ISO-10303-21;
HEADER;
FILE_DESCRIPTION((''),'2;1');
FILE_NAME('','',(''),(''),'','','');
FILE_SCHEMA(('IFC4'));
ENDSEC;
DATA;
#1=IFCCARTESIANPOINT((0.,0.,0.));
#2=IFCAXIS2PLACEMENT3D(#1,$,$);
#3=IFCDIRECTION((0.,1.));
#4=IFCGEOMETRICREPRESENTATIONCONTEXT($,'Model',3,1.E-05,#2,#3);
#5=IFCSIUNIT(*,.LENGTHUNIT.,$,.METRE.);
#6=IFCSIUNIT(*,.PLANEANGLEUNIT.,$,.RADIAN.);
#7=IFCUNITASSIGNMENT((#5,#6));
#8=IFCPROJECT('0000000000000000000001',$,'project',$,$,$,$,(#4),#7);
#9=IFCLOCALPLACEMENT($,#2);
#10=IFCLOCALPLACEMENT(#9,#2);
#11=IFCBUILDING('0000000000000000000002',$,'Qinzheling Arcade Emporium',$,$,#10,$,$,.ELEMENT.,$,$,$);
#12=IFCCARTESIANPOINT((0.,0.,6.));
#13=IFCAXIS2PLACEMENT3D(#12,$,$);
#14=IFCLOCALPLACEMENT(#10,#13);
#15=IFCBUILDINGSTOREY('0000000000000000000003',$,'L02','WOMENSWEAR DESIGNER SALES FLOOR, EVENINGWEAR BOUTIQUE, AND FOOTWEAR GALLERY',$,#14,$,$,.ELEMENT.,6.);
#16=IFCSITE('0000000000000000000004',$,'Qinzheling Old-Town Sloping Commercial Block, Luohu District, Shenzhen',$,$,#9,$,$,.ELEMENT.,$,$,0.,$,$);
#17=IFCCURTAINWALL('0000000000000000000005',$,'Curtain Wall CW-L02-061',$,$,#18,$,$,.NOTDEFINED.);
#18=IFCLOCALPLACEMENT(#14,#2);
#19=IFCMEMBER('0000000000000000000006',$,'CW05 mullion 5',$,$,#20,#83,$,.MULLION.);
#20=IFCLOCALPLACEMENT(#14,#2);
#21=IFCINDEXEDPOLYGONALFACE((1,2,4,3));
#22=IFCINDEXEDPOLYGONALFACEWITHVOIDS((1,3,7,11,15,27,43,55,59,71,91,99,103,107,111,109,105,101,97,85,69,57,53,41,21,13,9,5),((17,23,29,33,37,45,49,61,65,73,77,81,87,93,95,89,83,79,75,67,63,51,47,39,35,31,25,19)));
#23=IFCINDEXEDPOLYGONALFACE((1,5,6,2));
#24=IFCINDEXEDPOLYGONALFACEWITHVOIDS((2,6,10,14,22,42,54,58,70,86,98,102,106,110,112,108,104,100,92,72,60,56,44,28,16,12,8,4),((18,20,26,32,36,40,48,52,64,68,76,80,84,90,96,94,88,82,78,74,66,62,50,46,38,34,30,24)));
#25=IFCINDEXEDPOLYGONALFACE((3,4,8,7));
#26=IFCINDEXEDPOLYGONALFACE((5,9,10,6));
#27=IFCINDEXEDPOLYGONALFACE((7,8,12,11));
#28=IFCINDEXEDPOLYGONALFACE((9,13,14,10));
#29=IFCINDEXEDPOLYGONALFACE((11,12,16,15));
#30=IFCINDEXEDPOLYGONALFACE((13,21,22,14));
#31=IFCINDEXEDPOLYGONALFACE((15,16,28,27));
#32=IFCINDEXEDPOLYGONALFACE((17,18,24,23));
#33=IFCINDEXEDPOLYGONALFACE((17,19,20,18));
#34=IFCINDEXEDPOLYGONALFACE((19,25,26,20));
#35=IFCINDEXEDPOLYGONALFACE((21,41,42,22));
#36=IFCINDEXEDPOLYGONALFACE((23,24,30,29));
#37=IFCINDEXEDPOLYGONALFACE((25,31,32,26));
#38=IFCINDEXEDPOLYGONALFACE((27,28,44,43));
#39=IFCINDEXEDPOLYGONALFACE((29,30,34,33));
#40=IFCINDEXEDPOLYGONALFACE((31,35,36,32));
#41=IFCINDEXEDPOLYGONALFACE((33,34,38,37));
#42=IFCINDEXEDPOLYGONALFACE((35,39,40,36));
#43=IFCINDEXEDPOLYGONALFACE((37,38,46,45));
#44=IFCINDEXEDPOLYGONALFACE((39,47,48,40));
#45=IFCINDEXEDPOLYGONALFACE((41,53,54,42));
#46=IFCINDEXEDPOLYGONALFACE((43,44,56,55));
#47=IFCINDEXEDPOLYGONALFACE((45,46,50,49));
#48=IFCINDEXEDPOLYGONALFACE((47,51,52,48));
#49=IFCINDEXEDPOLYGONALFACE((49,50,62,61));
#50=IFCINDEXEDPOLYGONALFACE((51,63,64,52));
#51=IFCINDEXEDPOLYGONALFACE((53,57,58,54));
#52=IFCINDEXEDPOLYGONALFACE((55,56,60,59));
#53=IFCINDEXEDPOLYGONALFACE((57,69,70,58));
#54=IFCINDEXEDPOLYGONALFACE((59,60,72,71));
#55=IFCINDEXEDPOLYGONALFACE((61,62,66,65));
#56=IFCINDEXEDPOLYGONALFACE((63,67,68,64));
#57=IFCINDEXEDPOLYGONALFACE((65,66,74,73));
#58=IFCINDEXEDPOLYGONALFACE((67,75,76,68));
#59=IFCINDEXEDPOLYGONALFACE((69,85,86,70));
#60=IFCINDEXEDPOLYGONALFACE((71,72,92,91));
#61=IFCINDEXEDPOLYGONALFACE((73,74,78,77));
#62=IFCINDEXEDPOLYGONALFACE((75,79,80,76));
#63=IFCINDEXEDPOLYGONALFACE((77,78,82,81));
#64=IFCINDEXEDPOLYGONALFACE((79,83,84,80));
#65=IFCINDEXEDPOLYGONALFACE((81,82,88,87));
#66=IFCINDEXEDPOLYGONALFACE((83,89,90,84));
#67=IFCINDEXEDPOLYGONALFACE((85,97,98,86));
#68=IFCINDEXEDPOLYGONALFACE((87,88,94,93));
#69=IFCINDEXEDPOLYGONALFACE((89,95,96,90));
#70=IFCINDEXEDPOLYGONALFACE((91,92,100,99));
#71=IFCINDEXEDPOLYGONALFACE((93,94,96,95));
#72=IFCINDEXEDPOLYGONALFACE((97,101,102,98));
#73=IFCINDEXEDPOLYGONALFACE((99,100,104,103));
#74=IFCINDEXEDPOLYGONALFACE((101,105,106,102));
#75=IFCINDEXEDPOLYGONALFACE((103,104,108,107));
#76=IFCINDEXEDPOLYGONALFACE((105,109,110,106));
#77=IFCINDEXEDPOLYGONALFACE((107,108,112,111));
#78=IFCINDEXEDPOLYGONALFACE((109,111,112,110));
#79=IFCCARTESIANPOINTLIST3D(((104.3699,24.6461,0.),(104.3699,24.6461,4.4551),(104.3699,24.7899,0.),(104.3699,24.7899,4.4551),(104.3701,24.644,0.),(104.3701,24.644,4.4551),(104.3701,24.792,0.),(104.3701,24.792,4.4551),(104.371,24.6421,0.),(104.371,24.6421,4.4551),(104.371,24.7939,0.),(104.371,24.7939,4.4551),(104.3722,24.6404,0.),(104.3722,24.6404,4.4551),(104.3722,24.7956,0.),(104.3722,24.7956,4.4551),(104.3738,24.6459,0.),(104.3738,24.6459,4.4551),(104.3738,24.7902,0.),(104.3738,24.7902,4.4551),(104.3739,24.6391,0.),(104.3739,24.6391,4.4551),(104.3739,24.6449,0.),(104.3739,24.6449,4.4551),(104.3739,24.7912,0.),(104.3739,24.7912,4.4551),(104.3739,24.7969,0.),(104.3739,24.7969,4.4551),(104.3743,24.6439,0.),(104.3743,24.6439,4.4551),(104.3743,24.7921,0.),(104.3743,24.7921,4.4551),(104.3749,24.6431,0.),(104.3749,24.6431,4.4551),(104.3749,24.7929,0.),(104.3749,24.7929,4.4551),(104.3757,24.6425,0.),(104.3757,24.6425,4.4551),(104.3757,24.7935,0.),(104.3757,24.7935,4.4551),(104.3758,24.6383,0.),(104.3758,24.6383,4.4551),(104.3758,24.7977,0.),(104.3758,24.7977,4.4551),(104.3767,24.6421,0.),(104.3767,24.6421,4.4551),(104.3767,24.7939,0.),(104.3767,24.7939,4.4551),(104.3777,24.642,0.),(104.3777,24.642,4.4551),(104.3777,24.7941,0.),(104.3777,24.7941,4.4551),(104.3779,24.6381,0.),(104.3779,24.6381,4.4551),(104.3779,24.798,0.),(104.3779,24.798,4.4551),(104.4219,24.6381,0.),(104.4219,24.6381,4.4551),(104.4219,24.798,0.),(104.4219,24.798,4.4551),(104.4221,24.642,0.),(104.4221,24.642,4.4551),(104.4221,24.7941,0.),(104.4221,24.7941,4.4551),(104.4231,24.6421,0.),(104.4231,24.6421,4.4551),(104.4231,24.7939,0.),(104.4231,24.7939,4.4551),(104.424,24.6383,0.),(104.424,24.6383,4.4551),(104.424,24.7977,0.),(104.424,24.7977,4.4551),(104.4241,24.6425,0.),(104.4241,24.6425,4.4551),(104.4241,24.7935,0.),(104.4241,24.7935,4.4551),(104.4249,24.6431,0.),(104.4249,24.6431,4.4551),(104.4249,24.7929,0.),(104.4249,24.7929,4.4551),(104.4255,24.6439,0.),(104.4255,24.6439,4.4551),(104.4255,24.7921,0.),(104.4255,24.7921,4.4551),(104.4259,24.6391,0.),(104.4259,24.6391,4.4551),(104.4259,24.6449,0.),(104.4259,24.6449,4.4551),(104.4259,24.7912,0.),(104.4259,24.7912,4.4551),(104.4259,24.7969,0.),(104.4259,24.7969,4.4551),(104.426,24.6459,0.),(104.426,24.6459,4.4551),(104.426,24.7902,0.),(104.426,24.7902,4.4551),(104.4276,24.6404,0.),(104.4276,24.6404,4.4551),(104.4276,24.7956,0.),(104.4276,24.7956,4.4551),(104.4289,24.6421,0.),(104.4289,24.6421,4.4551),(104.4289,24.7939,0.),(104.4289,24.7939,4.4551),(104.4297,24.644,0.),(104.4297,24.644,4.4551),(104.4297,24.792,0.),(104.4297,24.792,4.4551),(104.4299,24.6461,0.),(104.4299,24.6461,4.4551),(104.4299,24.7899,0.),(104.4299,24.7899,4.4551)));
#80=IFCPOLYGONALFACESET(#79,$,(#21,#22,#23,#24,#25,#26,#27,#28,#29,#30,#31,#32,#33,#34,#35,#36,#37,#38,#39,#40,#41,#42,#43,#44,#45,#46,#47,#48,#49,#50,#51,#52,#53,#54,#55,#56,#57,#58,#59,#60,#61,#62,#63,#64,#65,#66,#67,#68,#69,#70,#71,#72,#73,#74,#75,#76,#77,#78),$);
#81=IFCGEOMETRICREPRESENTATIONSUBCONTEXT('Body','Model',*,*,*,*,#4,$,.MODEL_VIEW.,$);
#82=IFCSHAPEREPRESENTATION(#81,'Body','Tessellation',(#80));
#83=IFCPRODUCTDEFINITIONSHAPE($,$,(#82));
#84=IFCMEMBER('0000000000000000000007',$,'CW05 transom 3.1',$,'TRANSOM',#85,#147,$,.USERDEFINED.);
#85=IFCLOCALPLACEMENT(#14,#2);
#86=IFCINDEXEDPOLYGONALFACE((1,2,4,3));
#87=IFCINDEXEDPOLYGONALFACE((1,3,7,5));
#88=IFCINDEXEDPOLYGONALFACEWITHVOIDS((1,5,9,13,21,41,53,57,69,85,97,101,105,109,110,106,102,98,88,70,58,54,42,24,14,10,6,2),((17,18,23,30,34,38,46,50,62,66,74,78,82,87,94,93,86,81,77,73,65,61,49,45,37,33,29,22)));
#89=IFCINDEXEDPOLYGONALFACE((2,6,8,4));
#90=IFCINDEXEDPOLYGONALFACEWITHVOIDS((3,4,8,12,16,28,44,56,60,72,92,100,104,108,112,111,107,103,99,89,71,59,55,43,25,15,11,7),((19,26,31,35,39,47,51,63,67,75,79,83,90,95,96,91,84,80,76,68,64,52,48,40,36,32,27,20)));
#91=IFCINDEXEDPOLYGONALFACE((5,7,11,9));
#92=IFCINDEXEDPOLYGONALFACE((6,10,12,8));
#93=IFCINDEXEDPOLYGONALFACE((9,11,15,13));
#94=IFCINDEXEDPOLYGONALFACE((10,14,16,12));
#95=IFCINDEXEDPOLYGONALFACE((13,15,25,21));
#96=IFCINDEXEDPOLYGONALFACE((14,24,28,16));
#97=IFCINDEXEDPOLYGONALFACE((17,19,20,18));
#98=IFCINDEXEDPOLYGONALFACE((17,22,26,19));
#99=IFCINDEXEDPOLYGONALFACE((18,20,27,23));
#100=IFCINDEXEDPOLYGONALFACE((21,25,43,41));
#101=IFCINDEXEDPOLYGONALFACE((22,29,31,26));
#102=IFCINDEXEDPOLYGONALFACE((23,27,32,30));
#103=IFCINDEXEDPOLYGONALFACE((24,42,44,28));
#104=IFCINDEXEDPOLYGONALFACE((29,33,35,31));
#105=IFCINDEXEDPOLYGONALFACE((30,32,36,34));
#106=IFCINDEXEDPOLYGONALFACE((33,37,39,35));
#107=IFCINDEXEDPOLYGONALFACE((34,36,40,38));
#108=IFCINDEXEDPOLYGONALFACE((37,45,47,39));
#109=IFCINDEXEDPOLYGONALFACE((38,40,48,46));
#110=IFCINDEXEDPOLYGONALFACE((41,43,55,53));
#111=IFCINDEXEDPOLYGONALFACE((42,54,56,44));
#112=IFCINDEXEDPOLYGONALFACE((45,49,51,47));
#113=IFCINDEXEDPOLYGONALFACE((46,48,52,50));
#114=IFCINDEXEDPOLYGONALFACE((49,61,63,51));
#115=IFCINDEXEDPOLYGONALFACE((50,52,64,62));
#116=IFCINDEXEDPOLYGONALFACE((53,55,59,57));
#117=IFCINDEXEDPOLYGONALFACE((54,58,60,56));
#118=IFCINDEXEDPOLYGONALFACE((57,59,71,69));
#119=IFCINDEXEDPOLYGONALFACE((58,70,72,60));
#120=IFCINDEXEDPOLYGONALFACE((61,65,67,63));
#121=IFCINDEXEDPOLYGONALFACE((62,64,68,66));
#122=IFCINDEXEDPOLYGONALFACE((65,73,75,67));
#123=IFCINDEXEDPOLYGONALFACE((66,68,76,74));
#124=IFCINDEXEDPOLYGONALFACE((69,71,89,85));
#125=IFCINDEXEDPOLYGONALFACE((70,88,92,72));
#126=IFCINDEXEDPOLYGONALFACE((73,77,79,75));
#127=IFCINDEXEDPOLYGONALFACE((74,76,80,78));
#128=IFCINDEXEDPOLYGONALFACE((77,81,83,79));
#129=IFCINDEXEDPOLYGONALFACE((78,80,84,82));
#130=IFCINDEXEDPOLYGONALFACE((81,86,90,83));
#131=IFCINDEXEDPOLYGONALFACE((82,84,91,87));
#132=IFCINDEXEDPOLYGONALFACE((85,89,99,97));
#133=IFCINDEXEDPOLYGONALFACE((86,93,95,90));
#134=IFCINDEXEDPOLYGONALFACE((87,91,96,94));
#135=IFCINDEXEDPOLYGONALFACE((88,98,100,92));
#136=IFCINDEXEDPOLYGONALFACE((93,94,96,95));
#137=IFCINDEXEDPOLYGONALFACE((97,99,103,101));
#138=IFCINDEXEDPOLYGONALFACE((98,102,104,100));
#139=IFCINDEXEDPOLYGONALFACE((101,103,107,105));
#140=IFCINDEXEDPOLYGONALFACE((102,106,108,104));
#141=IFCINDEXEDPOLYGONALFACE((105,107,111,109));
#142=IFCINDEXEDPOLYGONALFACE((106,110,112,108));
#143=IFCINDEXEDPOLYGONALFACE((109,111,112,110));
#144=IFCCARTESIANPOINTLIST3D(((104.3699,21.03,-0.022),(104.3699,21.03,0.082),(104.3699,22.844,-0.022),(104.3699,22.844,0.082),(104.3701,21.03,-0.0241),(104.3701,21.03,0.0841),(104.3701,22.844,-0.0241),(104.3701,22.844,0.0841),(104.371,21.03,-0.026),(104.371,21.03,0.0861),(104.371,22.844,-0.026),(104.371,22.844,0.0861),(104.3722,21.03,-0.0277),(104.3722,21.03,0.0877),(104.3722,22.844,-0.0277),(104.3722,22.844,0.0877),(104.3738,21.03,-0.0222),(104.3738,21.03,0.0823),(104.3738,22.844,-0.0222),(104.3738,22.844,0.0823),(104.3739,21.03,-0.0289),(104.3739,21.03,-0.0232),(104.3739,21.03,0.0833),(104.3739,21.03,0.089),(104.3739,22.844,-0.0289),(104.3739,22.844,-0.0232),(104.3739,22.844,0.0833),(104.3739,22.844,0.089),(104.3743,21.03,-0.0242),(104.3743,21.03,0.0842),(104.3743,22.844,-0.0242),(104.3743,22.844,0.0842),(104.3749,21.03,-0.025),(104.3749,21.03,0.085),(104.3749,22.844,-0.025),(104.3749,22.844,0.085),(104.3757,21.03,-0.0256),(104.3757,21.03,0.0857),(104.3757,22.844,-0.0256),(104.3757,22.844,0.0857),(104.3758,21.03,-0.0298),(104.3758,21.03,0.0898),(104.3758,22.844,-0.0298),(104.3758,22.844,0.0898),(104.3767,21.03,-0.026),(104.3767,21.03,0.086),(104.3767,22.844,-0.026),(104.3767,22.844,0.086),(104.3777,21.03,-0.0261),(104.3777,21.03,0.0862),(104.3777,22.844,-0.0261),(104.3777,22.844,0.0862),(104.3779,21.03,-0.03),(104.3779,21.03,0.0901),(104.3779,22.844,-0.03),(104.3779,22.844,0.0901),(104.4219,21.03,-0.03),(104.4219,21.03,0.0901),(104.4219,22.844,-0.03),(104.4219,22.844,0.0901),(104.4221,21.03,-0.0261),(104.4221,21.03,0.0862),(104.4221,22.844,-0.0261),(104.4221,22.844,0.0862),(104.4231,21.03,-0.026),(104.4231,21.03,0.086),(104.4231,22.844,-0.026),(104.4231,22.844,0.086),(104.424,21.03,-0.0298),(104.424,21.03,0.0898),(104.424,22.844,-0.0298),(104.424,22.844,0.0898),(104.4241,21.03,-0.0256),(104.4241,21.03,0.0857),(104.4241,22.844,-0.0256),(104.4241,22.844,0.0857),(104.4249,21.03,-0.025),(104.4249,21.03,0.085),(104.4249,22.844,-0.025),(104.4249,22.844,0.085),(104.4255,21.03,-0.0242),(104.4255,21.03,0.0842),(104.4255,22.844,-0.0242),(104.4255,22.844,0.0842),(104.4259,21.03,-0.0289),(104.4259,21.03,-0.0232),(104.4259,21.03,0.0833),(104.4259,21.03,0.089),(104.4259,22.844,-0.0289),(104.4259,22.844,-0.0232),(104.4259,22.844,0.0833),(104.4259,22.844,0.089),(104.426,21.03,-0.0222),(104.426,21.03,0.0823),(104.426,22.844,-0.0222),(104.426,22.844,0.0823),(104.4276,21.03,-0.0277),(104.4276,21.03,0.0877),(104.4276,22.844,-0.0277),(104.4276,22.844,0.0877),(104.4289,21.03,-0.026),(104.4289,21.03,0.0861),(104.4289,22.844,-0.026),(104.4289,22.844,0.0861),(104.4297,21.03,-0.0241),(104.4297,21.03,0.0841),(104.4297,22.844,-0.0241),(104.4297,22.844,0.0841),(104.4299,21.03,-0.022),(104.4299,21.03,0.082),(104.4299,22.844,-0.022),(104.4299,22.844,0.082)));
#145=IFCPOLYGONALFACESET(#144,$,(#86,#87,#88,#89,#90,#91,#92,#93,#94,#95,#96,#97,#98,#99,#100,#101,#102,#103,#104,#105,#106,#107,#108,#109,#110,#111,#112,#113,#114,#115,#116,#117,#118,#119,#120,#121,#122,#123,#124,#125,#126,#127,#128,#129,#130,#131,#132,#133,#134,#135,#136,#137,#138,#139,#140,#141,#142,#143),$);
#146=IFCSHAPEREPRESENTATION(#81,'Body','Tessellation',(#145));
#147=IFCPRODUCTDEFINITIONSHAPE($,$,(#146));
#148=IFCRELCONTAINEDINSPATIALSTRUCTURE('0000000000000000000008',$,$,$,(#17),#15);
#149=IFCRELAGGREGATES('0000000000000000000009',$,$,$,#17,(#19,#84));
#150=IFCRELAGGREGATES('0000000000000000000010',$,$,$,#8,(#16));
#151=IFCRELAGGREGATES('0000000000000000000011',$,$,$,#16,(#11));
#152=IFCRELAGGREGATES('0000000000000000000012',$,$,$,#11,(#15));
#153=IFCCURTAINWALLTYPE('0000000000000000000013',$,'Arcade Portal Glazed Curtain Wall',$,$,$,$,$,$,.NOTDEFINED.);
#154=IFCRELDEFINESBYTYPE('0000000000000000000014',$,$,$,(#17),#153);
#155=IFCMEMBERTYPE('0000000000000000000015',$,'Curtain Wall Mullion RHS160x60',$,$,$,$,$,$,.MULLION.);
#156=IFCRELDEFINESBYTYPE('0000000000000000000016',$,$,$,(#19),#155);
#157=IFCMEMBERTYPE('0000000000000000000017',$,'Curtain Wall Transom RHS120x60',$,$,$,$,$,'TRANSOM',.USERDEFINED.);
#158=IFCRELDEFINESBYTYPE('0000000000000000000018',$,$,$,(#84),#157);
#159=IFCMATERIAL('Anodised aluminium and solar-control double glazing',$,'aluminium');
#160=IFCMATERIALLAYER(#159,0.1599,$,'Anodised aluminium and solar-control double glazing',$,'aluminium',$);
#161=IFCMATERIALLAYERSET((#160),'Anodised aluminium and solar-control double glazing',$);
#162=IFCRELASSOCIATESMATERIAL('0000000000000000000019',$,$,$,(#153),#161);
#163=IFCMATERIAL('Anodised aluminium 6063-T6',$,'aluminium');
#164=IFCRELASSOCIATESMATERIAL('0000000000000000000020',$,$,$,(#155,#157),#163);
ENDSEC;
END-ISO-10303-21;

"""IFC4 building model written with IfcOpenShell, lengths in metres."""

from ifc_helpers import new_model, si_unit, direction, frame, origin, origin_2d, place, context, subcontext, project, spatial, hollow_rectangle, extrude, material, layer, layer_set, material_profile, profile_set, type_object, element, aggregate, save


model = new_model("IFC4")

# Units and contexts
model_context = context("Model", 3, precision=1e-05, world=origin(), true_north=direction((0.0, 1.0)))
body_context = subcontext(model_context, "Body", "Model", "MODEL_VIEW")
ifc_project = project(units=[si_unit("LENGTHUNIT", "METRE"), si_unit("PLANEANGLEUNIT", "RADIAN")], contexts=[model_context])

# Site, building, storey
site_placement = place(None, origin())
site = spatial("IfcSite", under=ifc_project, at=site_placement, Name="Qinzheling Old-Town Sloping Commercial Block, Luohu District, Shenzhen", CompositionType="ELEMENT", RefElevation=0.0)
building_placement = place(site_placement, origin())
building = spatial("IfcBuilding", under=site, at=building_placement, Name="Qinzheling Arcade Emporium", CompositionType="ELEMENT")
storey_placement = place(building_placement, frame((0.0, 0.0, 6.0)))
storey = spatial("IfcBuildingStorey", under=building, at=storey_placement, Name="L02", Description="WOMENSWEAR DESIGNER SALES FLOOR, EVENINGWEAR BOUTIQUE, AND FOOTWEAR GALLERY", CompositionType="ELEMENT", Elevation=6.0)

# Curtain wall, members
ifc_material_1 = material(Name="Anodised aluminium and solar-control double glazing", Category="aluminium")
ifc_layer_1 = layer(ifc_material_1, 0.1599, Name="Anodised aluminium and solar-control double glazing", Category="aluminium")
ifc_layer_set_1 = layer_set([ifc_layer_1], Name="Anodised aluminium and solar-control double glazing")
curtain_wall_type = type_object("IfcCurtainWallType", Name="Arcade Portal Glazed Curtain Wall", PredefinedType="NOTDEFINED", material=ifc_layer_set_1)
curtain_wall_placement = place(storey_placement, origin())
curtain_wall = element("IfcCurtainWall", 1, at=curtain_wall_placement, inside=storey, type_object=curtain_wall_type, Name="Curtain Wall CW-L02-061", PredefinedType="NOTDEFINED")
ifc_material_2 = material(Name="Anodised aluminium 6063-T6", Category="aluminium")
ifc_material_profile_1 = material_profile(ifc_material_2, hollow_rectangle(XDim=0.0601, YDim=0.1599, WallThickness=0.0039, InnerFilletRadius=0.0039, OuterFilletRadius=0.0081, at=origin_2d()), Name="RHS 160x60x4", Category="aluminium")
ifc_profile_set_1 = profile_set([ifc_material_profile_1], Name="Anodised aluminium 6063-T6")
member_type_1 = type_object("IfcMemberType", Name="Curtain Wall Mullion RHS160x60", PredefinedType="MULLION", material=ifc_profile_set_1)
member_1_placement = place(storey_placement, frame((104.3999, 24.718, 0.0), z_axis=(0.0, 0.0, 1.0), x_axis=(-1.0, 0.0, 0.0)))
member_1 = element("IfcMember", 2, at=member_1_placement, type_object=member_type_1, Name="CW05 mullion 5", PredefinedType="MULLION", context=body_context, shape_type="SweptSolid", body=[
    extrude(hollow_rectangle(XDim=0.0601, YDim=0.1599, WallThickness=0.0039, InnerFilletRadius=0.0039, OuterFilletRadius=0.0081, at=origin_2d()), origin(), (0.0, 0.0, 1.0), 4.4551),
])
ifc_material_profile_2 = material_profile(ifc_material_2, hollow_rectangle(XDim=0.0601, YDim=0.1201, WallThickness=0.0039, InnerFilletRadius=0.0039, OuterFilletRadius=0.0081, at=origin_2d()), Name="RHS 120x60x4", Category="aluminium")
ifc_profile_set_2 = profile_set([ifc_material_profile_2], Name="Anodised aluminium 6063-T6")
member_type_2 = type_object("IfcMemberType", Name="Curtain Wall Transom RHS120x60", ElementType="TRANSOM", PredefinedType="USERDEFINED", material=ifc_profile_set_2)
member_2_placement = place(storey_placement, frame((104.3999, 21.03, 0.03), z_axis=(0.0, 1.0, 0.0), x_axis=(-1.0, 0.0, 0.0)))
member_2 = element("IfcMember", 3, at=member_2_placement, type_object=member_type_2, Name="CW05 transom 3.1", ObjectType="TRANSOM", PredefinedType="USERDEFINED", context=body_context, shape_type="SweptSolid", body=[
    extrude(hollow_rectangle(XDim=0.0601, YDim=0.1201, WallThickness=0.0039, InnerFilletRadius=0.0039, OuterFilletRadius=0.0081, at=origin_2d()), origin(), (0.0, 0.0, 1.0), 1.814),
])
aggregate(curtain_wall, [member_1, member_2])

save(model, "model.ifc")
